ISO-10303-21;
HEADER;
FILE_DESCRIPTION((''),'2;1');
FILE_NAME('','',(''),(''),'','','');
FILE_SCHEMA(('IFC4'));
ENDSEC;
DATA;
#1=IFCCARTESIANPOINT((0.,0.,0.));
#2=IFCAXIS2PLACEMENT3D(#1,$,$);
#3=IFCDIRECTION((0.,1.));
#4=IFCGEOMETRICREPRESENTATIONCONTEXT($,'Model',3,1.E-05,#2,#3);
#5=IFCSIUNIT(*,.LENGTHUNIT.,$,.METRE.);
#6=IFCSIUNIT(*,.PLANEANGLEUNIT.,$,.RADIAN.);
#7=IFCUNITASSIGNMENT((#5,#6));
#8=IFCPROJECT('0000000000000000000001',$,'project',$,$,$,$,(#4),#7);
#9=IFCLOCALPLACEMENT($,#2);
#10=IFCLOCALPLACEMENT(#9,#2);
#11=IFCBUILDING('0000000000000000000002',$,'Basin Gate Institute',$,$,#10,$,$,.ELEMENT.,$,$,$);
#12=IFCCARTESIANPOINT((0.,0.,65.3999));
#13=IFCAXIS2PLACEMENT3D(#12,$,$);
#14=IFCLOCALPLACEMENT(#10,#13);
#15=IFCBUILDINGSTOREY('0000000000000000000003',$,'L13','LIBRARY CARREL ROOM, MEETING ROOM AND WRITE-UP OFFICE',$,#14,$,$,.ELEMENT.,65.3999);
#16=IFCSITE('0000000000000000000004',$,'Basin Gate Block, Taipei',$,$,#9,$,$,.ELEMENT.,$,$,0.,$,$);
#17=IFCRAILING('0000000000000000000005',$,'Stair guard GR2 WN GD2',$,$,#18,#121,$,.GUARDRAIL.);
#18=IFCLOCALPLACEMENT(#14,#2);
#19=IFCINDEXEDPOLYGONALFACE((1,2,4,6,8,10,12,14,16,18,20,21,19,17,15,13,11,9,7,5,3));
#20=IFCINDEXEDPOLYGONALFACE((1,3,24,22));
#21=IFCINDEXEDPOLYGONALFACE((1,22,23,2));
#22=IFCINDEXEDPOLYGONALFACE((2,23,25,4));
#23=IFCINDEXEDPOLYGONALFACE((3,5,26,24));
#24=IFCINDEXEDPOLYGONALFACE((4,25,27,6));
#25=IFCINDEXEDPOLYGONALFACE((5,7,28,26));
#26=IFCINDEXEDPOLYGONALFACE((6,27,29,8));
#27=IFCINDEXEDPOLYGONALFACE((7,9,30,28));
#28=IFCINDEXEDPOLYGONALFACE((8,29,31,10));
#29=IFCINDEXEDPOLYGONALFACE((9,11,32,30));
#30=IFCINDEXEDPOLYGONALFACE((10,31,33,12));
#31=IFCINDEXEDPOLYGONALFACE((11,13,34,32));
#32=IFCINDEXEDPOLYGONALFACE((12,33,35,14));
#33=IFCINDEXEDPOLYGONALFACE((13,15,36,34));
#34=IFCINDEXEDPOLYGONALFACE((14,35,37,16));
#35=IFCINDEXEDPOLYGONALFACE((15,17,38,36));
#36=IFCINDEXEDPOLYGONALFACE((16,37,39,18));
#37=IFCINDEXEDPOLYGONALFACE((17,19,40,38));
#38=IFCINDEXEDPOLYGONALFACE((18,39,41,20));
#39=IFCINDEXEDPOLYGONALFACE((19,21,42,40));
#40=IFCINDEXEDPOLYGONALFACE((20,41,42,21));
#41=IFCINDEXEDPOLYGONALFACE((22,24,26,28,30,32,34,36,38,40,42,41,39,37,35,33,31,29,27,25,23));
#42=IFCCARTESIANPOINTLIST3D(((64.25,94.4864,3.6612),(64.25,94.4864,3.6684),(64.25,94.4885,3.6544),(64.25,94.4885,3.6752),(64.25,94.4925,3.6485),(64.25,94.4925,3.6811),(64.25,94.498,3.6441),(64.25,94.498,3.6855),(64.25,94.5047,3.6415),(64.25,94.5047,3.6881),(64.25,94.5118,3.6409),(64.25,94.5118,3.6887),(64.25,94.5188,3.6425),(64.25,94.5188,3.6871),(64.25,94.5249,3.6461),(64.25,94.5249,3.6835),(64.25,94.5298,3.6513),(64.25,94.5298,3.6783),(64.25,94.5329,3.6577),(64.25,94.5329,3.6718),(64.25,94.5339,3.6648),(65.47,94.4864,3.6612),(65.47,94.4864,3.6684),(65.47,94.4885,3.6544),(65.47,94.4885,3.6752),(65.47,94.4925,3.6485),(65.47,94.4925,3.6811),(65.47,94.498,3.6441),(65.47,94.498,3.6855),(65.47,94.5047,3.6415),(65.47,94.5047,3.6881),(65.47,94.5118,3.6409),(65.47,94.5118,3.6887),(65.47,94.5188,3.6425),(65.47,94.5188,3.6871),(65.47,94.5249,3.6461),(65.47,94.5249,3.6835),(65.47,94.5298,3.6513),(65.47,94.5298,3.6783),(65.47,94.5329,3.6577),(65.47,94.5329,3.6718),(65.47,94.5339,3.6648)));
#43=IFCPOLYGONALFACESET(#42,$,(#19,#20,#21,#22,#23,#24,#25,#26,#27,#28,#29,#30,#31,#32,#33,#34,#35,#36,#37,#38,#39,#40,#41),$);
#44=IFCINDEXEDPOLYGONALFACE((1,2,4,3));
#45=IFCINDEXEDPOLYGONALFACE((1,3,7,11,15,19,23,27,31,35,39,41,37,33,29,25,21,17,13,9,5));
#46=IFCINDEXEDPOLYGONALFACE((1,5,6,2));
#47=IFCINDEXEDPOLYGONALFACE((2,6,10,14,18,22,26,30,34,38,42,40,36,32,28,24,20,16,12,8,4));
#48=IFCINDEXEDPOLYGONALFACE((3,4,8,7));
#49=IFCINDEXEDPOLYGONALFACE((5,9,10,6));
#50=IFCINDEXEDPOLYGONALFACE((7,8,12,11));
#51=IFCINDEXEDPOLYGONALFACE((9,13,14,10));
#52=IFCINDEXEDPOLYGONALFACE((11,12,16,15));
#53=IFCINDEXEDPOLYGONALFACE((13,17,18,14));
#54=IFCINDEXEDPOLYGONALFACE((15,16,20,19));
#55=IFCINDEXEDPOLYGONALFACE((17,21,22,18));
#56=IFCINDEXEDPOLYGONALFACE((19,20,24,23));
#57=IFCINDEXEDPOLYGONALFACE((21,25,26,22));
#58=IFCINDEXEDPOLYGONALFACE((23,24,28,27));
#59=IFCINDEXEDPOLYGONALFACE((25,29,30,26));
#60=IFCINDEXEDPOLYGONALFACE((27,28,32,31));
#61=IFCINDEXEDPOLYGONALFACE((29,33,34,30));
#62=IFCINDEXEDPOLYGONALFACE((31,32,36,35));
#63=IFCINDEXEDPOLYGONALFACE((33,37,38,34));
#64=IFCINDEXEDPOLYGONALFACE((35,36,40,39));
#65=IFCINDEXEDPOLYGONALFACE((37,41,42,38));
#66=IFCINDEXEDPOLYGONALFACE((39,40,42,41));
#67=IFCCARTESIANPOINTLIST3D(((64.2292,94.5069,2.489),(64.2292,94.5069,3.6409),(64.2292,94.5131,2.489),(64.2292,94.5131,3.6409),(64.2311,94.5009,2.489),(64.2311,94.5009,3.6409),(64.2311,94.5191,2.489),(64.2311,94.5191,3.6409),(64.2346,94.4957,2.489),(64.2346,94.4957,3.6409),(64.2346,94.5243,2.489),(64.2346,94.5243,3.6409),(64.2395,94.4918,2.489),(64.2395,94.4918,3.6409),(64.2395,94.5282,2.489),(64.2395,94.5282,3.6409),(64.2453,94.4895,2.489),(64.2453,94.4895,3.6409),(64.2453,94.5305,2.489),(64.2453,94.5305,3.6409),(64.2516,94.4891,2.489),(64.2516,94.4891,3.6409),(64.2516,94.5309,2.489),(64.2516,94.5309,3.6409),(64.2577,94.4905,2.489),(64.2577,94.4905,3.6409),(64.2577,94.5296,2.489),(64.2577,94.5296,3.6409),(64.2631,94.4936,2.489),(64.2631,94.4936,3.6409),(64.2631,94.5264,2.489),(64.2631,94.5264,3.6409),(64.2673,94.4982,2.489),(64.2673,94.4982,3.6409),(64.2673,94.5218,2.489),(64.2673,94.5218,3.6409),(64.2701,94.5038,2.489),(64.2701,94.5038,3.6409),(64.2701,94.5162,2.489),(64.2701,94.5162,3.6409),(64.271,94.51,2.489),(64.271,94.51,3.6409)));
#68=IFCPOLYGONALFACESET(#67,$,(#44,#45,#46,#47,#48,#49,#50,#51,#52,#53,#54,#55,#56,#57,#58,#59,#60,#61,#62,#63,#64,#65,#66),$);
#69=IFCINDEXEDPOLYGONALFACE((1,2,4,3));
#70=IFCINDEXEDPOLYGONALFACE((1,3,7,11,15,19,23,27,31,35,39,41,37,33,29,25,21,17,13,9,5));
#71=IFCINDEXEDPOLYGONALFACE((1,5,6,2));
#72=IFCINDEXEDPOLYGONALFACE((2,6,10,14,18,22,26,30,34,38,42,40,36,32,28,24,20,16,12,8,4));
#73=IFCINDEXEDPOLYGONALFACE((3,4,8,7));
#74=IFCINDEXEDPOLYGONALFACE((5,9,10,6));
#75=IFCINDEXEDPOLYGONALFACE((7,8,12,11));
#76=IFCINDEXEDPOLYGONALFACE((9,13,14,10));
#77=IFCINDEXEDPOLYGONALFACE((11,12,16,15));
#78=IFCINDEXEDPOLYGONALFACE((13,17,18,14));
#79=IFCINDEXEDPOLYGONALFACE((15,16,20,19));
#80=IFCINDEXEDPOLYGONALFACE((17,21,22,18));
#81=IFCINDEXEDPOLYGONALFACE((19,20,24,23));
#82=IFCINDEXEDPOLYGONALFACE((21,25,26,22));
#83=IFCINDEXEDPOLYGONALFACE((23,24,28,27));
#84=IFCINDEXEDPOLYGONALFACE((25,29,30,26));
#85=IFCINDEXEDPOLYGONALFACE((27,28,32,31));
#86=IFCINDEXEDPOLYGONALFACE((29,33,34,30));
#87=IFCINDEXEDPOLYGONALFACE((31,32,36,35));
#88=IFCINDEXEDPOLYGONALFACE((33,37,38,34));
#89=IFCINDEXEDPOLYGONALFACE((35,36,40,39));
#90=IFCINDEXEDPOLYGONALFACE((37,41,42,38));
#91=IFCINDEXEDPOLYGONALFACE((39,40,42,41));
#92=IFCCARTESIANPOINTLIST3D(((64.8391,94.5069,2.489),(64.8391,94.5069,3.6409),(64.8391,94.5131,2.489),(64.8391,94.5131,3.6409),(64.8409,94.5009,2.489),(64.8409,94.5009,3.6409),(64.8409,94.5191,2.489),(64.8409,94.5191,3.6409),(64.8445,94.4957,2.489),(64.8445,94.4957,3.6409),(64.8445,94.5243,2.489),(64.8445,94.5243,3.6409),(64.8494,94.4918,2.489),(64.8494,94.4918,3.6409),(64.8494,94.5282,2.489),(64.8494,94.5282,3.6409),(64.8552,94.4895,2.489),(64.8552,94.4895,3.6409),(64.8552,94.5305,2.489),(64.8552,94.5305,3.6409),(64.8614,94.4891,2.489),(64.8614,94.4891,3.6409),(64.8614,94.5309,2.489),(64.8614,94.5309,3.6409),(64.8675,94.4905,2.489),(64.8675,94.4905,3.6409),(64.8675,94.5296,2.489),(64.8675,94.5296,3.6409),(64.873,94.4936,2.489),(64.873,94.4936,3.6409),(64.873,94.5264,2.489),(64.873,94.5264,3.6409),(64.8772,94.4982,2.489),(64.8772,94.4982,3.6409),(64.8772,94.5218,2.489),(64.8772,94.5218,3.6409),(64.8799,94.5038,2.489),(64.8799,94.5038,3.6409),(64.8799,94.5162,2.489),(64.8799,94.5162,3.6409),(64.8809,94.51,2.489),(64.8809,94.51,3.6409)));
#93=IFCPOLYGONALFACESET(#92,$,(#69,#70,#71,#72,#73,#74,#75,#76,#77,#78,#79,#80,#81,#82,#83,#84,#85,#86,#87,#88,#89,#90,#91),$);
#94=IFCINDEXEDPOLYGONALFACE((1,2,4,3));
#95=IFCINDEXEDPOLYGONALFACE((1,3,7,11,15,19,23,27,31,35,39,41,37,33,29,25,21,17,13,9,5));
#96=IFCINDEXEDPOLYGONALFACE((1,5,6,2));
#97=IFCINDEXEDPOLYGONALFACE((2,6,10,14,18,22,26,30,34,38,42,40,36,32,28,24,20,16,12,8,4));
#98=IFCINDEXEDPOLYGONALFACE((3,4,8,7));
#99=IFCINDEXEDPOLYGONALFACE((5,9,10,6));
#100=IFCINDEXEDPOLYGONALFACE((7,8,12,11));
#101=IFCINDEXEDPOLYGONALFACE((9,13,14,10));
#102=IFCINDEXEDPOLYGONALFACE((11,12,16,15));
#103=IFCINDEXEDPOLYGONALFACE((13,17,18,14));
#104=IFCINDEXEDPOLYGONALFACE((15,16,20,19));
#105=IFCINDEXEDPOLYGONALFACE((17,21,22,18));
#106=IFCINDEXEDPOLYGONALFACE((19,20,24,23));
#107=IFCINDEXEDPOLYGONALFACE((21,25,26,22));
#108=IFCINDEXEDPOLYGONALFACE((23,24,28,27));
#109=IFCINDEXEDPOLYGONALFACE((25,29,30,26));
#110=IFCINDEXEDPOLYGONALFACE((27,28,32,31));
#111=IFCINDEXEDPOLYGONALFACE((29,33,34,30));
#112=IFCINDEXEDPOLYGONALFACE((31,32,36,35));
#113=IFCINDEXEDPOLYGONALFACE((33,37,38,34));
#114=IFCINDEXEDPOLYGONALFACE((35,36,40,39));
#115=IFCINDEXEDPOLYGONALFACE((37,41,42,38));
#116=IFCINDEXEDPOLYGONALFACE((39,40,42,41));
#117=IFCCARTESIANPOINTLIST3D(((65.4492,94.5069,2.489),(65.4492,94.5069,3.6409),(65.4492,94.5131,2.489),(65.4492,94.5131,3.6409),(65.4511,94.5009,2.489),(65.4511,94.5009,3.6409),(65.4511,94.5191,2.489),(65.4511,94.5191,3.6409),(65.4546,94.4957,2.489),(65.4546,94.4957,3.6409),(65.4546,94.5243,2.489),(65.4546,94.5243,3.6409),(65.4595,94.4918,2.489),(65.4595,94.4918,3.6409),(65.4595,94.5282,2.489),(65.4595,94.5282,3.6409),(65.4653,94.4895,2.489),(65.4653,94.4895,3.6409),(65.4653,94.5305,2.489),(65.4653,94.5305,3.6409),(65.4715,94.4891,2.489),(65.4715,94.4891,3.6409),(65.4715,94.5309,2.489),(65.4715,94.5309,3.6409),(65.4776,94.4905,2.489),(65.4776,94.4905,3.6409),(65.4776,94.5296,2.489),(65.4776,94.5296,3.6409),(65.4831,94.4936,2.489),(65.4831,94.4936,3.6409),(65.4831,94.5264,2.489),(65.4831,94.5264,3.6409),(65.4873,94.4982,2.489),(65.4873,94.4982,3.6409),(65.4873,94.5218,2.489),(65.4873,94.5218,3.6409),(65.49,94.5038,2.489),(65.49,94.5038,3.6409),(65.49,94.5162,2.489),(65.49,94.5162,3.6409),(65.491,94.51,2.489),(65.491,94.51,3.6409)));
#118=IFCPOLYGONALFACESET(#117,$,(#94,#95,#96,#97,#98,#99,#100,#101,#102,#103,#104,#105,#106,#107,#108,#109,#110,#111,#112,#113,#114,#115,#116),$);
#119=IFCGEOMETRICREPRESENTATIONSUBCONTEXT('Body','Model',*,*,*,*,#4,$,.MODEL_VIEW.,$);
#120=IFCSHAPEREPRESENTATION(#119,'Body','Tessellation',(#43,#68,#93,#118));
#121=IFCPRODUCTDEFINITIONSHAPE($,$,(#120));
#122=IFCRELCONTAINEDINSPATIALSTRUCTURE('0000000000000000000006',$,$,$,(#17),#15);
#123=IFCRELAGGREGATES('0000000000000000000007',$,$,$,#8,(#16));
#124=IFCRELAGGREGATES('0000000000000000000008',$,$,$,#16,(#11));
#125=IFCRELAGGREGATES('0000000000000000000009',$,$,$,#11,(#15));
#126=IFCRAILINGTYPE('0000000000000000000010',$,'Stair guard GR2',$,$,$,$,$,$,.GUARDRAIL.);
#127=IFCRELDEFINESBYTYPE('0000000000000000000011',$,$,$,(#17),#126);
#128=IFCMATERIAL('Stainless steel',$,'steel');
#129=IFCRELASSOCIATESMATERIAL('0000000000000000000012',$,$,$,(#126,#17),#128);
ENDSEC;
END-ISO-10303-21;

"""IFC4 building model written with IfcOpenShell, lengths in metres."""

from ifc_helpers import new_model, si_unit, direction, frame, origin, origin_2d, place, context, subcontext, project, spatial, circle, extrude, material, type_object, element, save


model = new_model("IFC4")

# Units and contexts
model_context = context("Model", 3, precision=1e-05, world=origin(), true_north=direction((0.0, 1.0)))
body_context = subcontext(model_context, "Body", "Model", "MODEL_VIEW")
ifc_project = project(units=[si_unit("LENGTHUNIT", "METRE"), si_unit("PLANEANGLEUNIT", "RADIAN")], contexts=[model_context])

# Site, building, storey
site_placement = place(None, origin())
site = spatial("IfcSite", under=ifc_project, at=site_placement, Name="Basin Gate Block, Taipei", CompositionType="ELEMENT", RefElevation=0.0)
building_placement = place(site_placement, origin())
building = spatial("IfcBuilding", under=site, at=building_placement, Name="Basin Gate Institute", CompositionType="ELEMENT")
storey_placement = place(building_placement, frame((0.0, 0.0, 65.3999)))
storey = spatial("IfcBuildingStorey", under=building, at=storey_placement, Name="L13", Description="LIBRARY CARREL ROOM, MEETING ROOM AND WRITE-UP OFFICE", CompositionType="ELEMENT", Elevation=65.3999)

# Railing
ifc_material_1 = material(Name="Stainless steel", Category="steel")
railing_type_1 = type_object("IfcRailingType", Name="Stair guard GR2", PredefinedType="GUARDRAIL", material=ifc_material_1)
railing_1_placement = place(storey_placement, frame((64.25, 94.51, 2.489)))
element("IfcRailing", 1, at=railing_1_placement, inside=storey, type_object=railing_type_1, material=ifc_material_1, Name="Stair guard GR2 WN GD2", PredefinedType="GUARDRAIL", context=body_context, shape_type="SweptSolid", body=[
    extrude(circle(Radius=0.0239, at=origin_2d()), frame((0.0, 0.0, 1.1758), z_axis=(1.0, 0.0, 0.0), x_axis=(0.0, 1.0, 0.0)), (0.0, 0.0, 1.0), 1.22),
    extrude(circle(Radius=0.021, at=origin_2d()), origin(), (0.0, 0.0, 1.0), 1.1519),
    extrude(circle(Radius=0.021, at=origin_2d()), frame((0.6099, 0.0, 0.0)), (0.0, 0.0, 1.0), 1.1519),
    extrude(circle(Radius=0.021, at=origin_2d()), frame((1.22, 0.0, 0.0)), (0.0, 0.0, 1.0), 1.1519),
])

save(model, "model.ifc")
